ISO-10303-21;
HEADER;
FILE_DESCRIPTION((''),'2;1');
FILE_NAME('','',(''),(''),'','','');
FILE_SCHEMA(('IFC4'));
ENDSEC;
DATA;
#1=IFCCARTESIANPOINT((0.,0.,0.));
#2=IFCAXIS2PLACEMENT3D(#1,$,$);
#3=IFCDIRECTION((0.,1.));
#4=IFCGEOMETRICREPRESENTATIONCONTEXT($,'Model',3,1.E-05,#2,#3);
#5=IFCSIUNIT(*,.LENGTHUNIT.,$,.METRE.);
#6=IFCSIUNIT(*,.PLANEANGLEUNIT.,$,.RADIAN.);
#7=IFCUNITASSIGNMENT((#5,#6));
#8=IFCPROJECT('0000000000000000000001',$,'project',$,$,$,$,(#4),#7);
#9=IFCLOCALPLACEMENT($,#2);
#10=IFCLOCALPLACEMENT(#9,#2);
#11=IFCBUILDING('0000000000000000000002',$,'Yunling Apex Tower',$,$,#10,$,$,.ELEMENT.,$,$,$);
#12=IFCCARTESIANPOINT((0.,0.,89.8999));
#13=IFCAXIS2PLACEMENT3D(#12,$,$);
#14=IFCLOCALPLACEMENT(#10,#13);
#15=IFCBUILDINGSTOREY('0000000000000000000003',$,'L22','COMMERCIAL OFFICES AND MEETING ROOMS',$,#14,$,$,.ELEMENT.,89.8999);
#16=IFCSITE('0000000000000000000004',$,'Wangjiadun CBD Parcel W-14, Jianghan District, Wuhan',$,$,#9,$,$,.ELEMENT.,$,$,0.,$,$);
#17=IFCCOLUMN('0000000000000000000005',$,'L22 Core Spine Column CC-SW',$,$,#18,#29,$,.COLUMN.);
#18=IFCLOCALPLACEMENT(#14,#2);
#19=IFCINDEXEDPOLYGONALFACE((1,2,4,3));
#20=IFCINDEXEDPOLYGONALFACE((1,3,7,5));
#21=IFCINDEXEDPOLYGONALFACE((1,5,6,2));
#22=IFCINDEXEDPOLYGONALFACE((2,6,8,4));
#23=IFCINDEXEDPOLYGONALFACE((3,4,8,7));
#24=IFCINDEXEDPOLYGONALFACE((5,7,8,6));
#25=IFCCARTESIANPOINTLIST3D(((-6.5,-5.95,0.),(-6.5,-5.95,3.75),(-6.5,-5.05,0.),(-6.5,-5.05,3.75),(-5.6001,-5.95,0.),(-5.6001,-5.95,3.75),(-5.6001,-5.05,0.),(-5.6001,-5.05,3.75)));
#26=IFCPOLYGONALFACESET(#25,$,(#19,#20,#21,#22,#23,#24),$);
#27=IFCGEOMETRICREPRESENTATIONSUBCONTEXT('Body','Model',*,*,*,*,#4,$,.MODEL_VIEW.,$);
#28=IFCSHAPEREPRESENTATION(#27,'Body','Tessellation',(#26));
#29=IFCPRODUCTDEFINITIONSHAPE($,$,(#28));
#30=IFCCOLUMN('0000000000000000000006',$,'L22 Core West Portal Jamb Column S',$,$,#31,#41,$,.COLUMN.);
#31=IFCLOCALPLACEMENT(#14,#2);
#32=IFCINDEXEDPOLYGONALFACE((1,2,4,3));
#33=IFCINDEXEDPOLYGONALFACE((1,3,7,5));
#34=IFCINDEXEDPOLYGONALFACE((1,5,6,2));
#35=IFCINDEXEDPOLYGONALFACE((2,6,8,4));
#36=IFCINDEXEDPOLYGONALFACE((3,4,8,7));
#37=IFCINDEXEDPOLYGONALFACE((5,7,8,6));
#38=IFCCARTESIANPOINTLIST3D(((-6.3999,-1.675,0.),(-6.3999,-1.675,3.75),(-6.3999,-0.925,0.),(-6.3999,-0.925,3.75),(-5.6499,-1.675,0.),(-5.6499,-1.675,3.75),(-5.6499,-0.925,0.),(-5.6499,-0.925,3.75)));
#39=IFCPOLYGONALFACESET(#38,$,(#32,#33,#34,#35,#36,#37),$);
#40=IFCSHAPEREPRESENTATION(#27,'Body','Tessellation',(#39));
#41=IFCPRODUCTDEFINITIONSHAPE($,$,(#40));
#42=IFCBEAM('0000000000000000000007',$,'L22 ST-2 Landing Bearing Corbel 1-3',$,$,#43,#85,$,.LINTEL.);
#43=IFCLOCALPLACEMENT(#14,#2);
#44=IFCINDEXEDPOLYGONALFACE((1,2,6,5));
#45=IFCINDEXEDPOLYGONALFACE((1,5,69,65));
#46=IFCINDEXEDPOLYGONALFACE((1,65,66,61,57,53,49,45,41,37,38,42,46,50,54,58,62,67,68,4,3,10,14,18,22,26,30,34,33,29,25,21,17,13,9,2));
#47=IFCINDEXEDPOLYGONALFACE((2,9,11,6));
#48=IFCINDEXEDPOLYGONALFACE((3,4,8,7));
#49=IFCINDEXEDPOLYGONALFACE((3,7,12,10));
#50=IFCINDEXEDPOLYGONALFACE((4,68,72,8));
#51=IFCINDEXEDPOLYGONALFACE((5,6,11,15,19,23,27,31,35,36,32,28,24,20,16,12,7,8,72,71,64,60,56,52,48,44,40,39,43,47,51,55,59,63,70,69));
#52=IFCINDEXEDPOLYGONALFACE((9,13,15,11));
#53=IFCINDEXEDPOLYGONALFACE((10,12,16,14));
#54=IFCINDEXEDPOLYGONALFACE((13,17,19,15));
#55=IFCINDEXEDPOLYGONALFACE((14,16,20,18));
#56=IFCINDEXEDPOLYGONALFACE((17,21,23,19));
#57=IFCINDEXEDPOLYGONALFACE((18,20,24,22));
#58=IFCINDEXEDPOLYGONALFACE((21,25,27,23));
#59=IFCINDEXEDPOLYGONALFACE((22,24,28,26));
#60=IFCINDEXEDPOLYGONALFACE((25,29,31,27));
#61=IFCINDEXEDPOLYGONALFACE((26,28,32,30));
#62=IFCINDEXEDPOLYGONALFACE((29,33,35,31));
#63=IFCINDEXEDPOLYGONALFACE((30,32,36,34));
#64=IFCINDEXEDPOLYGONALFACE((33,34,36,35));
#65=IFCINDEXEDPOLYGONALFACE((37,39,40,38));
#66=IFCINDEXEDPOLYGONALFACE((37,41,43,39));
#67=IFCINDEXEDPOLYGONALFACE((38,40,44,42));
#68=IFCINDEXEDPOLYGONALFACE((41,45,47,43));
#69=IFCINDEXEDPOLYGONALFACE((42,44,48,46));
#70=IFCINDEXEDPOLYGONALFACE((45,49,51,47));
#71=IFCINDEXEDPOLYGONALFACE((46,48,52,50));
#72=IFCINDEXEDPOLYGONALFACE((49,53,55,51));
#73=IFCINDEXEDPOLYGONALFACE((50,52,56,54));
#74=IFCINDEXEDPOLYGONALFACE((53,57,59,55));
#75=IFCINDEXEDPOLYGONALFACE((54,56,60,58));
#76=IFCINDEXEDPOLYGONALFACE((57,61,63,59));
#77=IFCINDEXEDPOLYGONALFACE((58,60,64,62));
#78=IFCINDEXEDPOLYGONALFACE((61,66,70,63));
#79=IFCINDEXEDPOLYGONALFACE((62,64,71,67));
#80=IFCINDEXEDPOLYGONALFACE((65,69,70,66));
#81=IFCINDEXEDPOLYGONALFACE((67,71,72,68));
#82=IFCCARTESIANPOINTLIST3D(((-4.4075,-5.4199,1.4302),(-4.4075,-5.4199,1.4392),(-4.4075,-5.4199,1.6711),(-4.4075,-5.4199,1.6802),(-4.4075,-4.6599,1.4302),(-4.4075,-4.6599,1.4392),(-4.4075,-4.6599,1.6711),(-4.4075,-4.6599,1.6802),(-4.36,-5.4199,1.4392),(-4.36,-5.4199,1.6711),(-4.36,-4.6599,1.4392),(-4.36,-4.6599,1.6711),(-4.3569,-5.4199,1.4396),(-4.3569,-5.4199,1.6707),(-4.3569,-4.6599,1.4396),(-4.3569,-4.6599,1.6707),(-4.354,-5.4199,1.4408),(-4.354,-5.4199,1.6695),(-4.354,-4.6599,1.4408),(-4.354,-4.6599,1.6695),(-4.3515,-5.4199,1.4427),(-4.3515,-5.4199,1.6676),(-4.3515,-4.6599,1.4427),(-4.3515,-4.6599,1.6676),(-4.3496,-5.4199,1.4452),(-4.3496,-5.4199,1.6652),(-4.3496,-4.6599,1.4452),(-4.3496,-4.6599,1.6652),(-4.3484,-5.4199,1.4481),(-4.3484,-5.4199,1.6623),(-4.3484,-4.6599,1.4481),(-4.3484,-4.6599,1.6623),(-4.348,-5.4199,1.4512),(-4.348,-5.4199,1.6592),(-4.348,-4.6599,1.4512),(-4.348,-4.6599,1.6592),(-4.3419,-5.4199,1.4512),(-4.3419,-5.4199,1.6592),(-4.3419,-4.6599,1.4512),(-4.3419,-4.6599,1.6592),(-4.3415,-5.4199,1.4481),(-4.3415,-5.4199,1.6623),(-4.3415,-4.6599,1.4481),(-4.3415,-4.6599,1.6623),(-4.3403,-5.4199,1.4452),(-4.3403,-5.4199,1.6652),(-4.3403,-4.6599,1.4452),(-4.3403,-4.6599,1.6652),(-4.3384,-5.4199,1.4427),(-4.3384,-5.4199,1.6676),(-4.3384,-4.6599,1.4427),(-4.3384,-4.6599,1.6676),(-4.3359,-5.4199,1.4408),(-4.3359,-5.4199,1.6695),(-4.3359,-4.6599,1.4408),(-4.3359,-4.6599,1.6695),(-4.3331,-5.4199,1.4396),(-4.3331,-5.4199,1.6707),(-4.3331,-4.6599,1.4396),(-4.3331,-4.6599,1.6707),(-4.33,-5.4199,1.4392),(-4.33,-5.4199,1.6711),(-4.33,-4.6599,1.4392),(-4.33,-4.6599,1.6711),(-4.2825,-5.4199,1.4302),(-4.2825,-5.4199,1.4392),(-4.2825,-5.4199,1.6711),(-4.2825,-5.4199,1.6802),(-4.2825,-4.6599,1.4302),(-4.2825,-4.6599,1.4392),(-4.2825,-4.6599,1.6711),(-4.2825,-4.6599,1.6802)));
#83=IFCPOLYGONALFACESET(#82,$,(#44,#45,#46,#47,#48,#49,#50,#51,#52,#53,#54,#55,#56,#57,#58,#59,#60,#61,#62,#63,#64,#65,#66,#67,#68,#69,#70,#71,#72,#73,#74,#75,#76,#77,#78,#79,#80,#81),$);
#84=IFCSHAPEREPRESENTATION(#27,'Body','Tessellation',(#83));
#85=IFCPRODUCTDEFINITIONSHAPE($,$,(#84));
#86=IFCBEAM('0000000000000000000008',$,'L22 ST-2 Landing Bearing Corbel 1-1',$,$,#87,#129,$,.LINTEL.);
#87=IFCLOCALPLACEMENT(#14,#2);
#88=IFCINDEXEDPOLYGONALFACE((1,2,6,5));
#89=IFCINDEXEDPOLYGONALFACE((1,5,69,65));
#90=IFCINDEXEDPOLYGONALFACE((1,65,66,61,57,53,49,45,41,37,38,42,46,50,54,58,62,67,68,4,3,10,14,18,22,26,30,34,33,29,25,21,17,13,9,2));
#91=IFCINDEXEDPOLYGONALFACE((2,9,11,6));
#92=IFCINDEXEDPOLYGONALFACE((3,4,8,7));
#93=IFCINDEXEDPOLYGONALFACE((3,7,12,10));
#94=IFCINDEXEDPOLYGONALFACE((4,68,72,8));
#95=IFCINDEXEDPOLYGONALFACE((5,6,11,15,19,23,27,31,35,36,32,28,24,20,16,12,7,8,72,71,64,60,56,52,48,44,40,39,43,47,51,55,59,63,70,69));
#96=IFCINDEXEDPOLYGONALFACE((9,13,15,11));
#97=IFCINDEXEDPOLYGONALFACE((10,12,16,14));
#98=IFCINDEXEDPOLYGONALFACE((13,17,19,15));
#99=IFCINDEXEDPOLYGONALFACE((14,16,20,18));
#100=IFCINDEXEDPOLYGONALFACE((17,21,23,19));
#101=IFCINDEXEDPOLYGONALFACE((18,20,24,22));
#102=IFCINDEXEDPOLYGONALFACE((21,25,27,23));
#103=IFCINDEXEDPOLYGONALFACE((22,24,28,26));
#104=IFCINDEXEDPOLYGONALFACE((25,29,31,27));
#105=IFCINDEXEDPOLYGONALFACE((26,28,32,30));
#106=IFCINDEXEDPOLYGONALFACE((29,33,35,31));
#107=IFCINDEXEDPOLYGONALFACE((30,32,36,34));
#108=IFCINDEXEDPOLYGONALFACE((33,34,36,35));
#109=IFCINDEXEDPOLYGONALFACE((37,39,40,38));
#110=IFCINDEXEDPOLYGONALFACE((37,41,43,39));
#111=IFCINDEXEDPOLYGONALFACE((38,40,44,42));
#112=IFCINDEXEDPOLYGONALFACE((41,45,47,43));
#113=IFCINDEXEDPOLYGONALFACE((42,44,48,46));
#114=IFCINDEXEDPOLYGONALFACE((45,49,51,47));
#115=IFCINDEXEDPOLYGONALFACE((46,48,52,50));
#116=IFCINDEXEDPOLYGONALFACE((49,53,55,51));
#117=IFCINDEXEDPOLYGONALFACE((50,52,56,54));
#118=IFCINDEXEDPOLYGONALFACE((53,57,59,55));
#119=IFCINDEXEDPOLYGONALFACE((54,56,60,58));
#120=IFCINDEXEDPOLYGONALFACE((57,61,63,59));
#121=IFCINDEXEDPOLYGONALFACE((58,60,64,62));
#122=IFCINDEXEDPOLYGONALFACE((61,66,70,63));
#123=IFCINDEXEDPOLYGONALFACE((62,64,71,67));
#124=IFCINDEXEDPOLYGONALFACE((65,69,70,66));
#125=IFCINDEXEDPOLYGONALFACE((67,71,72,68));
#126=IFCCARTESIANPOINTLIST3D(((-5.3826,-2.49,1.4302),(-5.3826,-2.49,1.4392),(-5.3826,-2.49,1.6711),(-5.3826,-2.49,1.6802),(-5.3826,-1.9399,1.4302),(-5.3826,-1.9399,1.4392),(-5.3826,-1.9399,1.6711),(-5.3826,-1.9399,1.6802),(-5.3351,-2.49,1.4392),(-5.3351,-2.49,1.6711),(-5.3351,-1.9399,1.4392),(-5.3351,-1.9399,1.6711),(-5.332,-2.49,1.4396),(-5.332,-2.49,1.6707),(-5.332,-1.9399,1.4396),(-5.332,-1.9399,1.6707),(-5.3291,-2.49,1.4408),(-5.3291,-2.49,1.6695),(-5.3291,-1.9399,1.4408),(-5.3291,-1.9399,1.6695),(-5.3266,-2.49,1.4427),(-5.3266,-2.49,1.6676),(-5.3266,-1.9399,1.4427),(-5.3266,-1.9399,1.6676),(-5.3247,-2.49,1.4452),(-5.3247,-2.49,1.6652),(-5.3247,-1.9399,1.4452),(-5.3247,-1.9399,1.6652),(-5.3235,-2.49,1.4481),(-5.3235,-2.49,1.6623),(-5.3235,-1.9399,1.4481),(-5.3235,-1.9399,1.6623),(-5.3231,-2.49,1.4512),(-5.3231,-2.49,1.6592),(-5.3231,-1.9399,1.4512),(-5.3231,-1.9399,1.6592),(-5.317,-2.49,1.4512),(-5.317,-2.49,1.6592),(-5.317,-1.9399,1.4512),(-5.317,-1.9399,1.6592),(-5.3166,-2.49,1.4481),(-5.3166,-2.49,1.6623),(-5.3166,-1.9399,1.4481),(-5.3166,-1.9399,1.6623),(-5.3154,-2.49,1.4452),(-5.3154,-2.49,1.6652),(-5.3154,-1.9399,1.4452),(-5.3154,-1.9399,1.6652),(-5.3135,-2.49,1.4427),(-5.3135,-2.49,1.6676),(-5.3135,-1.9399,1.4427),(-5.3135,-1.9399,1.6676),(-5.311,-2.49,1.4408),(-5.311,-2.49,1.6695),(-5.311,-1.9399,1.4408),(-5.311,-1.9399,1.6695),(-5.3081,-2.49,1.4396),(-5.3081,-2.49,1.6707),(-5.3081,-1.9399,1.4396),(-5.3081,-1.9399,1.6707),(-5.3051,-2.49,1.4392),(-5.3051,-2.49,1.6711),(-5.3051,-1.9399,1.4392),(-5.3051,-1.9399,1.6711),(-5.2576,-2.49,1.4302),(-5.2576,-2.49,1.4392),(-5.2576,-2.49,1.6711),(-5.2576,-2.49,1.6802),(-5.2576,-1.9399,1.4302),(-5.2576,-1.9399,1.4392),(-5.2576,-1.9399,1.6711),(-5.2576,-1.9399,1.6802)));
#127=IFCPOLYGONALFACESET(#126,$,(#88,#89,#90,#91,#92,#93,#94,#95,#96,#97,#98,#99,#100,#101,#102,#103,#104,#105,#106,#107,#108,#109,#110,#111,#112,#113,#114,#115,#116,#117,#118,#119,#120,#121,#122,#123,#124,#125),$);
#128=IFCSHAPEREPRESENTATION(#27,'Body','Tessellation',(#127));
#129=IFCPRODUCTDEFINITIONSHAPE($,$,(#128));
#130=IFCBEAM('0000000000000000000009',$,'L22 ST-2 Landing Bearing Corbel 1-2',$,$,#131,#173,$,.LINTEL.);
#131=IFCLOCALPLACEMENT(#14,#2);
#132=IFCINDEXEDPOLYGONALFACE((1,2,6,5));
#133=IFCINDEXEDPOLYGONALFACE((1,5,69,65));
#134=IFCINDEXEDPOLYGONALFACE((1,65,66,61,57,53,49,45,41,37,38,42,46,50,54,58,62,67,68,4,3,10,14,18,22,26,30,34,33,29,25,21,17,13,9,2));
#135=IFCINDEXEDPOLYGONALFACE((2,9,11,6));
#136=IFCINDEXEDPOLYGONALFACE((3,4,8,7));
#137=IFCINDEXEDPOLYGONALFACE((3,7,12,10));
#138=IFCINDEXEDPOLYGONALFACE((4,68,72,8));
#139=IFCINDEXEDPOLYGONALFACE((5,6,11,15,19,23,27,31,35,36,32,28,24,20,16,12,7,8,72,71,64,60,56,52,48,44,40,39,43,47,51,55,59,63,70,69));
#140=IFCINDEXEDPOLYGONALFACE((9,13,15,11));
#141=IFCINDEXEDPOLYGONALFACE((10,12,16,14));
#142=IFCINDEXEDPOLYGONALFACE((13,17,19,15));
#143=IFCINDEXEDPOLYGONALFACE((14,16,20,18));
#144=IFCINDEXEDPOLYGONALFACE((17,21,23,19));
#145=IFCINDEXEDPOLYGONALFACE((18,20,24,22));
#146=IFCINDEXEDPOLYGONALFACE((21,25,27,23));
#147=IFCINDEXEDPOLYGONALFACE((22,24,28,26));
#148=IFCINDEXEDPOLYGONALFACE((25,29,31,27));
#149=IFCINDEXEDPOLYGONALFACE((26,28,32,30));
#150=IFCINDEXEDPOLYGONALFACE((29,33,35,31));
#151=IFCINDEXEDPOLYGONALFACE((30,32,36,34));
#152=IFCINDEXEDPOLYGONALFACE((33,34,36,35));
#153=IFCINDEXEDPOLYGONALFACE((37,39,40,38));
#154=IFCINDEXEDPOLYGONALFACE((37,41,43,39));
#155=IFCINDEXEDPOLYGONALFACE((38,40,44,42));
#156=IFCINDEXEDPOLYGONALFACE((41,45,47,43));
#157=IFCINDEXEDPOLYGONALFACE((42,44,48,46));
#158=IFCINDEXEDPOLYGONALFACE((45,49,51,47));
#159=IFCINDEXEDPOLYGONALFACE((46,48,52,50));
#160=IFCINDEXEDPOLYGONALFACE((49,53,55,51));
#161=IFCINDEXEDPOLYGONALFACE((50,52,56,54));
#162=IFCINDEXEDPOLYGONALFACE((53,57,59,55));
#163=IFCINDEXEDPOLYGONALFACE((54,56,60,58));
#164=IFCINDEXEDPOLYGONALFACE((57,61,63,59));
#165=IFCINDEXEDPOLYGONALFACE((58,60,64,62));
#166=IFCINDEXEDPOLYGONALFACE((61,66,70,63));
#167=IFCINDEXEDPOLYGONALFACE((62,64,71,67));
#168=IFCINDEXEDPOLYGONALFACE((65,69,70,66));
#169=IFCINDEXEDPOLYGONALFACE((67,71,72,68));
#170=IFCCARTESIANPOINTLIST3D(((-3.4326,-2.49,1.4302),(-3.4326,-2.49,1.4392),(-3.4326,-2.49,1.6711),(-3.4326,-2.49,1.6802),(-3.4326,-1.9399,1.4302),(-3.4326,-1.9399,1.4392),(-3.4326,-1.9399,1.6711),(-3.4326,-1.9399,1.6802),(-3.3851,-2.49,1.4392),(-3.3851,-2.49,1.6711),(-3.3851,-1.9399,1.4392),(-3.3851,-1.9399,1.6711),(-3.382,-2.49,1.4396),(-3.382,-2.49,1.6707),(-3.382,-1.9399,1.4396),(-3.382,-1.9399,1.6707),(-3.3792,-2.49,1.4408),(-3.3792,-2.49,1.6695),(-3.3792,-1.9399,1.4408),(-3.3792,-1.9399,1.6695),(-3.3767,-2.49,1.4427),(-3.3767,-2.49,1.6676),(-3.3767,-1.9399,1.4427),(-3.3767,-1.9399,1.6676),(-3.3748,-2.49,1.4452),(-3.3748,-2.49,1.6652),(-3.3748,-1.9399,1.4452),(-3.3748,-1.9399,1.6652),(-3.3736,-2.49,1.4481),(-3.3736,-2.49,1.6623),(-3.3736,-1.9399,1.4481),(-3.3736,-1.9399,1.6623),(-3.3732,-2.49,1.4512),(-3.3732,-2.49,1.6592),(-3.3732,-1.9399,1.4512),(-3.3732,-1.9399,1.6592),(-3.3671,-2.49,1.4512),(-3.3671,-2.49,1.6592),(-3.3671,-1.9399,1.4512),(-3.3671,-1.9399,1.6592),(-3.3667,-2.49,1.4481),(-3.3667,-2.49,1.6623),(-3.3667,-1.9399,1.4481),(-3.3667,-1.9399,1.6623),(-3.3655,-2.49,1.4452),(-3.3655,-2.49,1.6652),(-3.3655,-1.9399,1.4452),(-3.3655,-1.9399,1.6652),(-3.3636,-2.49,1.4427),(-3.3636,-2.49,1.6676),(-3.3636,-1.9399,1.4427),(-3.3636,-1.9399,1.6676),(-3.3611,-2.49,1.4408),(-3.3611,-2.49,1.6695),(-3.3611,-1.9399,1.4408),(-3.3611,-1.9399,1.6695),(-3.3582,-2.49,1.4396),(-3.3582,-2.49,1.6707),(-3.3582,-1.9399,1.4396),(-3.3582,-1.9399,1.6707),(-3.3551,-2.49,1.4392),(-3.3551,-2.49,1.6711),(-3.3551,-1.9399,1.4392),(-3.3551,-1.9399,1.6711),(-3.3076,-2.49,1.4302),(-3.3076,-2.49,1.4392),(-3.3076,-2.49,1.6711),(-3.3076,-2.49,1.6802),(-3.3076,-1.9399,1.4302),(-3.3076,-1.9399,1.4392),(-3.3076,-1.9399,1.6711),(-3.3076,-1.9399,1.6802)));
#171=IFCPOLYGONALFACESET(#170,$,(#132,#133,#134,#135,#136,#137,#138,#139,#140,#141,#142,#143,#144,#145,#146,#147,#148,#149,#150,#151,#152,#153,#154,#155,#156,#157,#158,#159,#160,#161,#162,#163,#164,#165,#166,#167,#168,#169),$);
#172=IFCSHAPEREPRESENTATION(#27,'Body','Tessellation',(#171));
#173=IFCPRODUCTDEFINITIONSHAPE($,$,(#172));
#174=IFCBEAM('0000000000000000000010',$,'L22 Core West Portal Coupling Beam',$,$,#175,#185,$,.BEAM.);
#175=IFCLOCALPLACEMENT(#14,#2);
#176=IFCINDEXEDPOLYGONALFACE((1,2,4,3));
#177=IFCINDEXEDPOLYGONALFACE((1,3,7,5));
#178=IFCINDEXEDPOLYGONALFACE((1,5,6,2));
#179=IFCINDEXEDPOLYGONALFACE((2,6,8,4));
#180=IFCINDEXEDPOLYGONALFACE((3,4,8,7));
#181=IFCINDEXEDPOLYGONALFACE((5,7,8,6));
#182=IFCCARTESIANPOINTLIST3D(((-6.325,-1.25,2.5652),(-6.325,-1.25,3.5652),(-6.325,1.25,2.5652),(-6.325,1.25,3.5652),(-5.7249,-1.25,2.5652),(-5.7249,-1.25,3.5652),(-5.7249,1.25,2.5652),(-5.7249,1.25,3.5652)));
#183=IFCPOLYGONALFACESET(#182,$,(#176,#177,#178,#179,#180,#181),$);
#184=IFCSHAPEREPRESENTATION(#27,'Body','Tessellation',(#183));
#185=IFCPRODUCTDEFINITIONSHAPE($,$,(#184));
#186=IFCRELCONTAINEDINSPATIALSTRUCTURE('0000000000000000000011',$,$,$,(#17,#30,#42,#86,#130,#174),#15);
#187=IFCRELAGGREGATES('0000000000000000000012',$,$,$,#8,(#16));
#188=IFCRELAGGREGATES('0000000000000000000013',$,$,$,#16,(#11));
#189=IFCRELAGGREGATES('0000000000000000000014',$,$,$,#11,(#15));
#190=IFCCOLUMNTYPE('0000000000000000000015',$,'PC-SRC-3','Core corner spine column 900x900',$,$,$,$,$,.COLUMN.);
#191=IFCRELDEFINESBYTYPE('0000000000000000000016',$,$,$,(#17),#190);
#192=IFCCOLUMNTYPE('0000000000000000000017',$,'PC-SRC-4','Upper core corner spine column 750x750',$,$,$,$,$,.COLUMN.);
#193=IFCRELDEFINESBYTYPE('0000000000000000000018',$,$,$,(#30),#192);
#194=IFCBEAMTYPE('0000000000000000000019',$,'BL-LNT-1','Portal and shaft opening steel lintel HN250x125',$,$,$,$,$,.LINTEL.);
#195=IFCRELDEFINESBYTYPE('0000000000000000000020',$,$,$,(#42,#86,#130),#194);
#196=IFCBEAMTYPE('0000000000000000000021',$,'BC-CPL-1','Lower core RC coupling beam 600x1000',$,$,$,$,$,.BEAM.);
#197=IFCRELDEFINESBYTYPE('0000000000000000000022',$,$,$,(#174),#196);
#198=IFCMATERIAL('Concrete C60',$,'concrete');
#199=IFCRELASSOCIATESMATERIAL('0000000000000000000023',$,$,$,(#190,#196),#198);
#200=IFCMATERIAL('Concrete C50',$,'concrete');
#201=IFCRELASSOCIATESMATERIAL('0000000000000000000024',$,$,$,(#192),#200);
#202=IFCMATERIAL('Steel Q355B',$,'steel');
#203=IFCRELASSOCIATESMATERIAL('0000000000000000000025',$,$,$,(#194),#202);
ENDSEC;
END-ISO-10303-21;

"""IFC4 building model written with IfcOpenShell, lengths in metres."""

from ifc_helpers import new_model, si_unit, direction, frame, origin, origin_2d, place, context, subcontext, project, spatial, rectangle, i_section, extrude, source, transform, mapped, material, material_profile, profile_set, type_object, element, save


model = new_model("IFC4")

# Units and contexts
model_context = context("Model", 3, precision=1e-05, world=origin(), true_north=direction((0.0, 1.0)))
body_context = subcontext(model_context, "Body", "Model", "MODEL_VIEW")
ifc_project = project(units=[si_unit("LENGTHUNIT", "METRE"), si_unit("PLANEANGLEUNIT", "RADIAN")], contexts=[model_context])

# Site, building, storey
site_placement = place(None, origin())
site = spatial("IfcSite", under=ifc_project, at=site_placement, Name="Wangjiadun CBD Parcel W-14, Jianghan District, Wuhan", CompositionType="ELEMENT", RefElevation=0.0)
building_placement = place(site_placement, origin())
building = spatial("IfcBuilding", under=site, at=building_placement, Name="Yunling Apex Tower", CompositionType="ELEMENT")
storey_placement = place(building_placement, frame((0.0, 0.0, 89.8999)))
storey = spatial("IfcBuildingStorey", under=building, at=storey_placement, Name="L22", Description="COMMERCIAL OFFICES AND MEETING ROOMS", CompositionType="ELEMENT", Elevation=89.8999)

# Columns
ifc_material_1 = material(Name="Concrete C60", Category="concrete")
ifc_material_profile_1 = material_profile(ifc_material_1, rectangle(XDim=0.8999, YDim=0.8999, at=origin_2d()))
ifc_profile_set_1 = profile_set([ifc_material_profile_1], Name="Concrete C60")
column_type_1 = type_object("IfcColumnType", Name="PC-SRC-3", Description="Core corner spine column 900x900", PredefinedType="COLUMN", material=ifc_profile_set_1)
shared_shape_1 = source(origin(), body_context, "Body", "SweptSolid", [
    extrude(rectangle(XDim=0.8999, YDim=0.8999, at=origin_2d()), origin(), (0.0, 0.0, 1.0), 3.75),
])
column_1_placement = place(storey_placement, frame((-6.05, -5.5, 0.0), z_axis=(0.0, 0.0, 1.0), x_axis=(1.0, 0.0, 0.0)))
element("IfcColumn", 1, at=column_1_placement, inside=storey, type_object=column_type_1, Name="L22 Core Spine Column CC-SW", PredefinedType="COLUMN", context=body_context, shape_type="MappedRepresentation", body=[
    mapped(shared_shape_1, transform((0.0, 0.0, 0.0), scale=1.0)),
])
ifc_material_2 = material(Name="Concrete C50", Category="concrete")
ifc_material_profile_2 = material_profile(ifc_material_2, rectangle(XDim=0.75, YDim=0.75, at=origin_2d()))
ifc_profile_set_2 = profile_set([ifc_material_profile_2], Name="Concrete C50")
column_type_2 = type_object("IfcColumnType", Name="PC-SRC-4", Description="Upper core corner spine column 750x750", PredefinedType="COLUMN", material=ifc_profile_set_2)
shared_shape_2 = source(origin(), body_context, "Body", "SweptSolid", [
    extrude(rectangle(XDim=0.75, YDim=0.75, at=origin_2d()), origin(), (0.0, 0.0, 1.0), 3.75),
])
column_2_placement = place(storey_placement, frame((-6.0249, -1.3, 0.0), z_axis=(0.0, 0.0, 1.0), x_axis=(1.0, 0.0, 0.0)))
element("IfcColumn", 2, at=column_2_placement, inside=storey, type_object=column_type_2, Name="L22 Core West Portal Jamb Column S", PredefinedType="COLUMN", context=body_context, shape_type="MappedRepresentation", body=[
    mapped(shared_shape_2, transform((0.0, 0.0, 0.0), scale=1.0)),
])

# Beams
ifc_material_3 = material(Name="Steel Q355B", Category="steel")
ifc_material_profile_3 = material_profile(ifc_material_3, i_section(OverallWidth=0.125, OverallDepth=0.25, WebThickness=0.0061, FlangeThickness=0.009, FilletRadius=0.012, at=origin_2d()))
ifc_profile_set_3 = profile_set([ifc_material_profile_3], Name="Steel Q355B")
beam_type_1 = type_object("IfcBeamType", Name="BL-LNT-1", Description="Portal and shaft opening steel lintel HN250x125", PredefinedType="LINTEL", material=ifc_profile_set_3)
shared_shape_3 = source(origin(), body_context, "Body", "SweptSolid", [
    extrude(i_section(OverallWidth=0.125, OverallDepth=0.25, WebThickness=0.0061, FlangeThickness=0.009, FilletRadius=0.012, at=origin_2d()), origin(), (0.0, 0.0, 1.0), 0.76),
])
beam_1_placement = place(storey_placement, frame((-4.345, -5.4199, 1.5552), z_axis=(0.0, 1.0, 0.0), x_axis=(-1.0, 0.0, 0.0)))
element("IfcBeam", 3, at=beam_1_placement, inside=storey, type_object=beam_type_1, Name="L22 ST-2 Landing Bearing Corbel 1-3", PredefinedType="LINTEL", context=body_context, shape_type="MappedRepresentation", body=[
    mapped(shared_shape_3, transform((0.0, 0.0, 0.0), scale=1.0)),
])
shared_shape_4 = source(origin(), body_context, "Body", "SweptSolid", [
    extrude(i_section(OverallWidth=0.125, OverallDepth=0.25, WebThickness=0.0061, FlangeThickness=0.009, FilletRadius=0.012, at=origin_2d()), origin(), (0.0, 0.0, 1.0), 0.55),
])
for number, where, z_axis, x_axis, name in (
    (4, (-5.3201, -1.9399, 1.5552), (0.0, -1.0, 0.0), (1.0, 0.0, 0.0), "L22 ST-2 Landing Bearing Corbel 1-1"),
    (5, (-3.3701, -1.9399, 1.5552), (0.0, -1.0, 0.0), (1.0, 0.0, 0.0), "L22 ST-2 Landing Bearing Corbel 1-2"),
):
    element("IfcBeam", number, at=place(storey_placement, frame(where, z_axis=z_axis, x_axis=x_axis)), inside=storey, type_object=beam_type_1, Name=name, PredefinedType="LINTEL", context=body_context, shape_type="MappedRepresentation", body=[
        mapped(shared_shape_4, transform((0.0, 0.0, 0.0), scale=1.0)),
    ])
ifc_material_profile_4 = material_profile(ifc_material_1, rectangle(XDim=0.6001, YDim=1.0, at=origin_2d()))
ifc_profile_set_4 = profile_set([ifc_material_profile_4], Name="Concrete C60")
beam_type_2 = type_object("IfcBeamType", Name="BC-CPL-1", Description="Lower core RC coupling beam 600x1000", PredefinedType="BEAM", material=ifc_profile_set_4)
shared_shape_5 = source(origin(), body_context, "Body", "SweptSolid", [
    extrude(rectangle(XDim=0.6001, YDim=1.0, at=origin_2d()), origin(), (0.0, 0.0, 1.0), 2.5),
])
beam_2_placement = place(storey_placement, frame((-6.0249, -1.25, 3.0652), z_axis=(0.0, 1.0, 0.0), x_axis=(-1.0, 0.0, 0.0)))
element("IfcBeam", 6, at=beam_2_placement, inside=storey, type_object=beam_type_2, Name="L22 Core West Portal Coupling Beam", PredefinedType="BEAM", context=body_context, shape_type="MappedRepresentation", body=[
    mapped(shared_shape_5, transform((0.0, 0.0, 0.0), scale=1.0)),
])

save(model, "model.ifc")
